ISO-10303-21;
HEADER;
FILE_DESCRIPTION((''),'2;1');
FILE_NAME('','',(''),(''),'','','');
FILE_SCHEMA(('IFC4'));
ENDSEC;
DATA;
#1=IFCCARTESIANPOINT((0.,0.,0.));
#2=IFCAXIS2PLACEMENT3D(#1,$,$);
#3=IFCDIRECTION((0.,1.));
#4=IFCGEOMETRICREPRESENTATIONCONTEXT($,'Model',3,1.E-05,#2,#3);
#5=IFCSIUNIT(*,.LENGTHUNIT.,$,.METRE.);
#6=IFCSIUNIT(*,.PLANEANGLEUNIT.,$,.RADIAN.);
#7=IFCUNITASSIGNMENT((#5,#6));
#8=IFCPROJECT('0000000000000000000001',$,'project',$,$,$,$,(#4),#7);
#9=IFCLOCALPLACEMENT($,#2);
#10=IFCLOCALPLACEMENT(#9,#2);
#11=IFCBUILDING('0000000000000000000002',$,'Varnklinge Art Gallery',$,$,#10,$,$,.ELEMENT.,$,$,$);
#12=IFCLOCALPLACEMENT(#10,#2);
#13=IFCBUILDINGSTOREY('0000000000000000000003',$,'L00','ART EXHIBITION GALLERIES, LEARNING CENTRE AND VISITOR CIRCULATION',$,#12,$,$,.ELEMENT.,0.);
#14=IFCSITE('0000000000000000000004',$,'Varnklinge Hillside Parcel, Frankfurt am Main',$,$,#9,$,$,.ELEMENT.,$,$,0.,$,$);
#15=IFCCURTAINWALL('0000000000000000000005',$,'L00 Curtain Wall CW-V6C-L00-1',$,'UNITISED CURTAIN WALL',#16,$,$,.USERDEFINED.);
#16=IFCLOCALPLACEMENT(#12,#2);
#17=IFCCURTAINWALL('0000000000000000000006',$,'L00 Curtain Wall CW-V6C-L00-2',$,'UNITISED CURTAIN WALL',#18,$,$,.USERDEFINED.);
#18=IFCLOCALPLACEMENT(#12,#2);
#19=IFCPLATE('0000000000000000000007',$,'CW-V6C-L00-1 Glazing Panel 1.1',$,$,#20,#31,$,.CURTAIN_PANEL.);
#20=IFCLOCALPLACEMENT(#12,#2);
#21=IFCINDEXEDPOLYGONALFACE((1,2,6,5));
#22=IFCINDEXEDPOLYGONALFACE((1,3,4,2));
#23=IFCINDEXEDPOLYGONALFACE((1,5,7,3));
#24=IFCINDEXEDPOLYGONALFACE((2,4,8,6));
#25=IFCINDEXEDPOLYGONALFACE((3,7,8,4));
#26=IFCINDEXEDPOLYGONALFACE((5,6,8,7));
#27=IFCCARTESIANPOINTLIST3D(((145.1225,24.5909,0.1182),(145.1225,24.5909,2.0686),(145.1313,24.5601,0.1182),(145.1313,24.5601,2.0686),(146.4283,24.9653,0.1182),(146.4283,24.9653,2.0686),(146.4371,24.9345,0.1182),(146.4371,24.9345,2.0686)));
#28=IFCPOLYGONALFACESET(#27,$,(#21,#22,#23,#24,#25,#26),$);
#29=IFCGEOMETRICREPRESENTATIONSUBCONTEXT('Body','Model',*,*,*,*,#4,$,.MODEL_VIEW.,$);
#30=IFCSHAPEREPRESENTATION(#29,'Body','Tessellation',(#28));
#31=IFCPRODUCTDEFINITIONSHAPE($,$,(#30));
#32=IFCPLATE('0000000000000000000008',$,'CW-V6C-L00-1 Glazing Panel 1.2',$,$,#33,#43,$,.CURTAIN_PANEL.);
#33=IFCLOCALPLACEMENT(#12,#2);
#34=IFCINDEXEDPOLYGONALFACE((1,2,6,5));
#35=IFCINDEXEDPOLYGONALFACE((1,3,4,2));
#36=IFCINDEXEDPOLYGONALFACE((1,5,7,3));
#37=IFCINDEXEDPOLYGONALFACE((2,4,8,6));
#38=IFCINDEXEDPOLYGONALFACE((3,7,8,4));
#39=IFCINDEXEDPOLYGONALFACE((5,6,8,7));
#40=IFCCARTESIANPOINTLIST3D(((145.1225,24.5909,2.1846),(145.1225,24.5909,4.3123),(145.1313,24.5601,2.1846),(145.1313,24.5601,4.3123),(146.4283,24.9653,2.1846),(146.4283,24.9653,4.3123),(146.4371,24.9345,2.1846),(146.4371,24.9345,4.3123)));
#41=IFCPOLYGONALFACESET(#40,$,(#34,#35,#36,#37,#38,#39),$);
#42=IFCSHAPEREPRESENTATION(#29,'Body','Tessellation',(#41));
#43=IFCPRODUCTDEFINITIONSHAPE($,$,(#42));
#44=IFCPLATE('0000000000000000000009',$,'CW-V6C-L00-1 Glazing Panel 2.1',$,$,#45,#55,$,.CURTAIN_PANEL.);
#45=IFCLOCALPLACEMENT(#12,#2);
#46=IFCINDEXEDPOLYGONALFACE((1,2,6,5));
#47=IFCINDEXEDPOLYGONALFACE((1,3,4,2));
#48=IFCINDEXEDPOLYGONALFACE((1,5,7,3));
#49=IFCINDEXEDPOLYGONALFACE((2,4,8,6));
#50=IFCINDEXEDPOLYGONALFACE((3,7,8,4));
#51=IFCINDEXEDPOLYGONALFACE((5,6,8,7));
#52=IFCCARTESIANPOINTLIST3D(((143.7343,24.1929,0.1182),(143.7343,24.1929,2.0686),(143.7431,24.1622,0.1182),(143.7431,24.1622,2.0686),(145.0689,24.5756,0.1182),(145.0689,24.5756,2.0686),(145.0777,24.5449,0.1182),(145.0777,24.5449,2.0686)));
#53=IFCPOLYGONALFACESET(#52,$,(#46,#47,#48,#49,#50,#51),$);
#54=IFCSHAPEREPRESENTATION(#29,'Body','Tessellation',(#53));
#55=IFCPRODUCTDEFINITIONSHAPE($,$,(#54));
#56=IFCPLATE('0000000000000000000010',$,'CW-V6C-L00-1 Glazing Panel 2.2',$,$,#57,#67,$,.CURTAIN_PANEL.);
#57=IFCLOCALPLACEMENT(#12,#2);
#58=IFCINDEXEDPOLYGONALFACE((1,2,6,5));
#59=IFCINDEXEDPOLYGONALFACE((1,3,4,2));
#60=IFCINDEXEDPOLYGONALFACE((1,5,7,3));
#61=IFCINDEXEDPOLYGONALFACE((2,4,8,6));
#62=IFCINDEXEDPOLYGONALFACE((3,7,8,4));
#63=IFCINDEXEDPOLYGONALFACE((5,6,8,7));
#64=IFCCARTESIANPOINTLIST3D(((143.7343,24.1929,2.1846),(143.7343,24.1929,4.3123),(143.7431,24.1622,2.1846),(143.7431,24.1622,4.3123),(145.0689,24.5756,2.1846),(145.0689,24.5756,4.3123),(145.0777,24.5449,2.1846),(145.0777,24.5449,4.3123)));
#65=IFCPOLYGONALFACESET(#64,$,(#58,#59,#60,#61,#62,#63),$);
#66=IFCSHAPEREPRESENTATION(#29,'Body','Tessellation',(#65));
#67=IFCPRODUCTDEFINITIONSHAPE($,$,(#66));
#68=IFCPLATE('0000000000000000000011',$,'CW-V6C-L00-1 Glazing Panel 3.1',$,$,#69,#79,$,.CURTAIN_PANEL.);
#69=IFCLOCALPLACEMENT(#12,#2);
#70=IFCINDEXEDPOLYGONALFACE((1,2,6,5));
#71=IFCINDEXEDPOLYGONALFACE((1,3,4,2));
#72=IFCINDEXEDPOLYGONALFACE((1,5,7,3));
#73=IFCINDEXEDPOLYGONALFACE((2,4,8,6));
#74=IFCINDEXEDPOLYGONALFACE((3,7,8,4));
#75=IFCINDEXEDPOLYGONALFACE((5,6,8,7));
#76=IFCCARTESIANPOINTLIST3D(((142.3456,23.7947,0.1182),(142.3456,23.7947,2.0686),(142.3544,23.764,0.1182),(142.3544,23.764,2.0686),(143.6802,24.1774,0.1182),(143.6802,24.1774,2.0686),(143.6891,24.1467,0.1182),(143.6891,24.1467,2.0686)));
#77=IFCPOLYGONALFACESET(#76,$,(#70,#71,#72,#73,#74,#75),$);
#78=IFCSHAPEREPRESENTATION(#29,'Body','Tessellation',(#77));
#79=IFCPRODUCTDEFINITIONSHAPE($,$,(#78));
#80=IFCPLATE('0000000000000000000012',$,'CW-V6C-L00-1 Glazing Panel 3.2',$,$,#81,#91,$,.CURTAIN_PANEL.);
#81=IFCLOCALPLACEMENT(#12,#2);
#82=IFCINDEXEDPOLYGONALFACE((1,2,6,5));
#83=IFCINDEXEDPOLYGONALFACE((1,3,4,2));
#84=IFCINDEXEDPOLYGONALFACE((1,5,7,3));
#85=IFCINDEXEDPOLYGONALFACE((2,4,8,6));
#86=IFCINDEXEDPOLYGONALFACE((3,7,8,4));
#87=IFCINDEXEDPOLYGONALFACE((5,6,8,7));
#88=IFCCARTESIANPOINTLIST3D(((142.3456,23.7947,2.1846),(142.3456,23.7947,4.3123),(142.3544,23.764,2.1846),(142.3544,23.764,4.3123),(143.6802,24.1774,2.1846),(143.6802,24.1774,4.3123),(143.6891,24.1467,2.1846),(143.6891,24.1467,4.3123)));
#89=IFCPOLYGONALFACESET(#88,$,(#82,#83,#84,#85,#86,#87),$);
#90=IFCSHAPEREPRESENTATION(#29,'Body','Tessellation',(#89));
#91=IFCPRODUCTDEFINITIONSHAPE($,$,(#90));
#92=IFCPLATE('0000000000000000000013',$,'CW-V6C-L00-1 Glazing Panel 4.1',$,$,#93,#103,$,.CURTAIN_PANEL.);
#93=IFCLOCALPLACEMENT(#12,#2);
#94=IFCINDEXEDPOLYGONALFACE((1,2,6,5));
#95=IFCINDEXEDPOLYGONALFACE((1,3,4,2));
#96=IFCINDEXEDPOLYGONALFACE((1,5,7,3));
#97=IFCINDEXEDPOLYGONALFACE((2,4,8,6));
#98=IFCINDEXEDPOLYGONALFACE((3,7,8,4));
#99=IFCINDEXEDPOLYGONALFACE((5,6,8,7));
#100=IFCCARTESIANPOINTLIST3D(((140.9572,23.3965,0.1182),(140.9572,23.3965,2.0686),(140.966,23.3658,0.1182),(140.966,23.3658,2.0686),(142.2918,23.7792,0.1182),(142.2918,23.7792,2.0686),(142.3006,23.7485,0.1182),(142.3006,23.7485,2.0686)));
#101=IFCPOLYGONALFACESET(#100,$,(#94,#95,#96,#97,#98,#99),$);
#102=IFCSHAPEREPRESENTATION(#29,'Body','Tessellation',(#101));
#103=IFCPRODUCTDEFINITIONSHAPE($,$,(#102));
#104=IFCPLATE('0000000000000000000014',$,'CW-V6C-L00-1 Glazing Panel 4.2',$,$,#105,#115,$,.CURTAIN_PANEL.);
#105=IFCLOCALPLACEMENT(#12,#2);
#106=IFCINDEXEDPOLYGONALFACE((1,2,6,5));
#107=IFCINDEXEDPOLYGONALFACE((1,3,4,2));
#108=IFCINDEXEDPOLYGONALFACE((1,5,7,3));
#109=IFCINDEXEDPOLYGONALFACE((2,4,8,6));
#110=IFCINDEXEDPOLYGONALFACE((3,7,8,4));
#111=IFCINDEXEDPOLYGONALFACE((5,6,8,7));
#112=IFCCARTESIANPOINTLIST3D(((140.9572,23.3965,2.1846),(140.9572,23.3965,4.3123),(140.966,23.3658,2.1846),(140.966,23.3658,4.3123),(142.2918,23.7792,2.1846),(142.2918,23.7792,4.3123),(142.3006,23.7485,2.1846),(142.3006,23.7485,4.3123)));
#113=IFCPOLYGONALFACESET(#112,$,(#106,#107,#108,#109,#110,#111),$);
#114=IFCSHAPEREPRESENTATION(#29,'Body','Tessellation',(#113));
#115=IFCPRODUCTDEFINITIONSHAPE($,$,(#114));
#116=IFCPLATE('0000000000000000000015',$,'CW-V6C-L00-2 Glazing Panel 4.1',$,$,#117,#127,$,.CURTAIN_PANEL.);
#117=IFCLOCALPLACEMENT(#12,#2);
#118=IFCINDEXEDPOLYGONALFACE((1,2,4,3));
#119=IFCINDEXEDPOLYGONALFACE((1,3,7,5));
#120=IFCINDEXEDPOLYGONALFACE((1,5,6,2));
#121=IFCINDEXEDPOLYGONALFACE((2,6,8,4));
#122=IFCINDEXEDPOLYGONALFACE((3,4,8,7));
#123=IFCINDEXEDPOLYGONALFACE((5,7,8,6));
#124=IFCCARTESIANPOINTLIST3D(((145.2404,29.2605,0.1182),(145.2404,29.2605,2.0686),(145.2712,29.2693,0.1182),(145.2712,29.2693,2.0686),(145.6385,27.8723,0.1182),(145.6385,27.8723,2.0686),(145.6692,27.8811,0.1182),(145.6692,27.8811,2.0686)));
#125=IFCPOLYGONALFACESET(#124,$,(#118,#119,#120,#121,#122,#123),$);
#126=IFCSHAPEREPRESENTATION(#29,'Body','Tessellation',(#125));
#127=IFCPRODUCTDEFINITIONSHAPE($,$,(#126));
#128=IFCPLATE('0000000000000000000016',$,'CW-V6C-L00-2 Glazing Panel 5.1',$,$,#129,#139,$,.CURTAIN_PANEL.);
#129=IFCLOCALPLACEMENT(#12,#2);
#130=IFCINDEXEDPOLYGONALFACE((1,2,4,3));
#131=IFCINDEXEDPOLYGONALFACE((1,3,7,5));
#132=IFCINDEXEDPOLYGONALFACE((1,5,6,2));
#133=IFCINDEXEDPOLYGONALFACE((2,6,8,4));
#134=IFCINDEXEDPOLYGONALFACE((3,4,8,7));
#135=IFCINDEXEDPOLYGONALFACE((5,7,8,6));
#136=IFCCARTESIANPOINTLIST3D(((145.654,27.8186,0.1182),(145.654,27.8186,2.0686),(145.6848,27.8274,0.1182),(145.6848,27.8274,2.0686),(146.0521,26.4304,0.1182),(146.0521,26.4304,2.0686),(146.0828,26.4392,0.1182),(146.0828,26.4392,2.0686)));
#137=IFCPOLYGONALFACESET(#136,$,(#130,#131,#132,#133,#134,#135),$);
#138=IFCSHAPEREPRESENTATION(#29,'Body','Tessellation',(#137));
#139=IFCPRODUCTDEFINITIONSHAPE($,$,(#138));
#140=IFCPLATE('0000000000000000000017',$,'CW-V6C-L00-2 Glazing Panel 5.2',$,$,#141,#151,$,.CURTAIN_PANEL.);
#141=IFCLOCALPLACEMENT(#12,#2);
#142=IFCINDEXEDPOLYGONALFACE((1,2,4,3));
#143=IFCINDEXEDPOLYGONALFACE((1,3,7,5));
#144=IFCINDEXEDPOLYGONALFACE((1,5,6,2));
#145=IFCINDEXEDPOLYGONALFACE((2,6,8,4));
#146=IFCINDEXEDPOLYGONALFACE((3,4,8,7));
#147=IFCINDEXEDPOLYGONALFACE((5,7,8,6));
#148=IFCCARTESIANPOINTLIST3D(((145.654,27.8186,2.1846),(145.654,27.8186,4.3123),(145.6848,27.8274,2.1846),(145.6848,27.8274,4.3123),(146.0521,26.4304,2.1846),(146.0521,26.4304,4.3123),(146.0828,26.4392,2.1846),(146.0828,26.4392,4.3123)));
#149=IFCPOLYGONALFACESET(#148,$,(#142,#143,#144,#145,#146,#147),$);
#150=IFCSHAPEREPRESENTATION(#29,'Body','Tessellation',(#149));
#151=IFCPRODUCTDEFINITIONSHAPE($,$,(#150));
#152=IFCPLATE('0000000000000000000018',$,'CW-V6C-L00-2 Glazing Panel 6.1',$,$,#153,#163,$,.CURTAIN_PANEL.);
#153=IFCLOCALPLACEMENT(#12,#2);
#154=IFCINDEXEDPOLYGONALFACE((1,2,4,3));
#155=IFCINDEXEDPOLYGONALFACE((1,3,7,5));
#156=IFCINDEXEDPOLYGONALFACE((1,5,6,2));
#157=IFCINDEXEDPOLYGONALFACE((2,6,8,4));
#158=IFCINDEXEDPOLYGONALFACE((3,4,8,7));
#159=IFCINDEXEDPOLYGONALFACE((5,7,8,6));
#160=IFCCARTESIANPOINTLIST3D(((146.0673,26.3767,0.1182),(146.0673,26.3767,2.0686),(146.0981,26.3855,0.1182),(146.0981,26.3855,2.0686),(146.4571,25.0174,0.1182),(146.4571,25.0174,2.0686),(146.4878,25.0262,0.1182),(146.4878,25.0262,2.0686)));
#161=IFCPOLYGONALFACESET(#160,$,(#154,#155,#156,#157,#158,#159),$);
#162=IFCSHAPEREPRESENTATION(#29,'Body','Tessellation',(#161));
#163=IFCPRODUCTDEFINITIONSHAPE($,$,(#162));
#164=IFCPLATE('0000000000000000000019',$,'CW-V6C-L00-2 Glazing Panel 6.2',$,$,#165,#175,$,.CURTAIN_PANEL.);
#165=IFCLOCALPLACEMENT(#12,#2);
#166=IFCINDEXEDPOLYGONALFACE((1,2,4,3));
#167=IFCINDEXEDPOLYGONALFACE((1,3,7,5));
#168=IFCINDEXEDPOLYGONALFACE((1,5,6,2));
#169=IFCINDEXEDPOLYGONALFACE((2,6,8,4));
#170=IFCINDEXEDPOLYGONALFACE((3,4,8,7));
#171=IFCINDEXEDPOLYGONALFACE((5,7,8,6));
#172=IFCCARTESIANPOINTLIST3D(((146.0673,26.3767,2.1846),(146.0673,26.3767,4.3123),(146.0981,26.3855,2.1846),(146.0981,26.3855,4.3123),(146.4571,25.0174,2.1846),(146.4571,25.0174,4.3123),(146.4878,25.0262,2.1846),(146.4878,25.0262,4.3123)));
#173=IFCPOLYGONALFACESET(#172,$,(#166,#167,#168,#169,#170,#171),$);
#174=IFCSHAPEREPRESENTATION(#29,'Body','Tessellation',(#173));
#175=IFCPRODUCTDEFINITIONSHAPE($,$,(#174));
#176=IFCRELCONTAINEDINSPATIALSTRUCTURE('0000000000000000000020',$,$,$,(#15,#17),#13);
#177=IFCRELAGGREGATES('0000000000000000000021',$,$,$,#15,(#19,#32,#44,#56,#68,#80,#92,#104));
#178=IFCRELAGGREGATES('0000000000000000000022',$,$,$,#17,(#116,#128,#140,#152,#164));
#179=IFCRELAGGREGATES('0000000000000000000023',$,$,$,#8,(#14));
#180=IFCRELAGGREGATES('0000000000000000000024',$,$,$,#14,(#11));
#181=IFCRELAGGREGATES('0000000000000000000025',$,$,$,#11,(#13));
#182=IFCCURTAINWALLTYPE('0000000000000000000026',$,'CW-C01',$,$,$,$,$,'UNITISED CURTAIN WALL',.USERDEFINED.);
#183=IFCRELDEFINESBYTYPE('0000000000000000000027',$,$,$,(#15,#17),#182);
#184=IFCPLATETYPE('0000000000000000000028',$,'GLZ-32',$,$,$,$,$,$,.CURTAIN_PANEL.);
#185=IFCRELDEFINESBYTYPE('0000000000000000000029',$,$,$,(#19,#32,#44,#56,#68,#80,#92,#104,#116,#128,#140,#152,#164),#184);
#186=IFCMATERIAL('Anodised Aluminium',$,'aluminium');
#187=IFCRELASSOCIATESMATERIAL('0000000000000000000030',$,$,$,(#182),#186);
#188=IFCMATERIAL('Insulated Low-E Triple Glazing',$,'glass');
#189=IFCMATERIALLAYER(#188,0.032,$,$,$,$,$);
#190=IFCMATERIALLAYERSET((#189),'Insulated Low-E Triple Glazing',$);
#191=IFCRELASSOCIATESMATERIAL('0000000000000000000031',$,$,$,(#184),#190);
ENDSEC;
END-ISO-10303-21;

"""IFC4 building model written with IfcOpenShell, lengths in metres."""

from ifc_helpers import new_model, si_unit, direction, frame, origin, origin_2d, place, context, subcontext, project, spatial, rectangle, extrude, material, layer, layer_set, type_object, element, aggregate, save


model = new_model("IFC4")

# Units and contexts
model_context = context("Model", 3, precision=1e-05, world=origin(), true_north=direction((0.0, 1.0)))
body_context = subcontext(model_context, "Body", "Model", "MODEL_VIEW")
ifc_project = project(units=[si_unit("LENGTHUNIT", "METRE"), si_unit("PLANEANGLEUNIT", "RADIAN")], contexts=[model_context])

# Site, building, storey
site_placement = place(None, origin())
site = spatial("IfcSite", under=ifc_project, at=site_placement, Name="Varnklinge Hillside Parcel, Frankfurt am Main", CompositionType="ELEMENT", RefElevation=0.0)
building_placement = place(site_placement, origin())
building = spatial("IfcBuilding", under=site, at=building_placement, Name="Varnklinge Art Gallery", CompositionType="ELEMENT")
storey_placement = place(building_placement, origin())
storey = spatial("IfcBuildingStorey", under=building, at=storey_placement, Name="L00", Description="ART EXHIBITION GALLERIES, LEARNING CENTRE AND VISITOR CIRCULATION", CompositionType="ELEMENT", Elevation=0.0)

# Curtain walls
ifc_material_1 = material(Name="Anodised Aluminium", Category="aluminium")
curtain_wall_type = type_object("IfcCurtainWallType", Name="CW-C01", ElementType="UNITISED CURTAIN WALL", PredefinedType="USERDEFINED", material=ifc_material_1)
curtain_wall_1_placement = place(storey_placement, origin())
curtain_wall_1 = element("IfcCurtainWall", 1, at=curtain_wall_1_placement, inside=storey, type_object=curtain_wall_type, Name="L00 Curtain Wall CW-V6C-L00-1", ObjectType="UNITISED CURTAIN WALL", PredefinedType="USERDEFINED")
curtain_wall_2_placement = place(storey_placement, origin())
curtain_wall_2 = element("IfcCurtainWall", 2, at=curtain_wall_2_placement, inside=storey, type_object=curtain_wall_type, Name="L00 Curtain Wall CW-V6C-L00-2", ObjectType="UNITISED CURTAIN WALL", PredefinedType="USERDEFINED")

# Plates
ifc_material_2 = material(Name="Insulated Low-E Triple Glazing", Category="glass")
ifc_layer = layer(ifc_material_2, 0.032)
ifc_layer_set = layer_set([ifc_layer], Name="Insulated Low-E Triple Glazing")
plate_type = type_object("IfcPlateType", Name="GLZ-32", PredefinedType="CURTAIN_PANEL", material=ifc_layer_set)
plate_1_placement = place(storey_placement, frame((145.7798, 24.7627, 0.1182), z_axis=(0.0, 0.0, 1.0), x_axis=(-0.961262, -0.275637, 0.0)))
plate_1 = element("IfcPlate", 3, at=plate_1_placement, type_object=plate_type, Name="CW-V6C-L00-1 Glazing Panel 1.1", PredefinedType="CURTAIN_PANEL", context=body_context, shape_type="SweptSolid", body=[
    extrude(rectangle(XDim=1.3584, YDim=0.032, at=origin_2d()), origin(), (0.0, 0.0, 1.0), 1.9504),
])
plate_2_placement = place(storey_placement, frame((145.7798, 24.7627, 2.1846), z_axis=(0.0, 0.0, 1.0), x_axis=(-0.961262, -0.275637, 0.0)))
plate_2 = element("IfcPlate", 4, at=plate_2_placement, type_object=plate_type, Name="CW-V6C-L00-1 Glazing Panel 1.2", PredefinedType="CURTAIN_PANEL", context=body_context, shape_type="SweptSolid", body=[
    extrude(rectangle(XDim=1.3584, YDim=0.032, at=origin_2d()), origin(), (0.0, 0.0, 1.0), 2.1277),
])
plate_3_placement = place(storey_placement, frame((144.406, 24.3689, 0.1182), z_axis=(0.0, 0.0, 1.0), x_axis=(-0.961262, -0.275637, 0.0)))
plate_3 = element("IfcPlate", 5, at=plate_3_placement, type_object=plate_type, Name="CW-V6C-L00-1 Glazing Panel 2.1", PredefinedType="CURTAIN_PANEL", context=body_context, shape_type="SweptSolid", body=[
    extrude(rectangle(XDim=1.3884, YDim=0.032, at=origin_2d()), origin(), (0.0, 0.0, 1.0), 1.9504),
])
plate_4_placement = place(storey_placement, frame((144.406, 24.3689, 2.1846), z_axis=(0.0, 0.0, 1.0), x_axis=(-0.961262, -0.275637, 0.0)))
plate_4 = element("IfcPlate", 6, at=plate_4_placement, type_object=plate_type, Name="CW-V6C-L00-1 Glazing Panel 2.2", PredefinedType="CURTAIN_PANEL", context=body_context, shape_type="SweptSolid", body=[
    extrude(rectangle(XDim=1.3884, YDim=0.032, at=origin_2d()), origin(), (0.0, 0.0, 1.0), 2.1277),
])
plate_5_placement = place(storey_placement, frame((143.0173, 23.9707, 0.1182), z_axis=(0.0, 0.0, 1.0), x_axis=(-0.961262, -0.275637, 0.0)))
plate_5 = element("IfcPlate", 7, at=plate_5_placement, type_object=plate_type, Name="CW-V6C-L00-1 Glazing Panel 3.1", PredefinedType="CURTAIN_PANEL", context=body_context, shape_type="SweptSolid", body=[
    extrude(rectangle(XDim=1.3884, YDim=0.032, at=origin_2d()), origin(), (0.0, 0.0, 1.0), 1.9504),
])
plate_6_placement = place(storey_placement, frame((143.0173, 23.9707, 2.1846), z_axis=(0.0, 0.0, 1.0), x_axis=(-0.961262, -0.275637, 0.0)))
plate_6 = element("IfcPlate", 8, at=plate_6_placement, type_object=plate_type, Name="CW-V6C-L00-1 Glazing Panel 3.2", PredefinedType="CURTAIN_PANEL", context=body_context, shape_type="SweptSolid", body=[
    extrude(rectangle(XDim=1.3884, YDim=0.032, at=origin_2d()), origin(), (0.0, 0.0, 1.0), 2.1277),
])
plate_7_placement = place(storey_placement, frame((141.6289, 23.5725, 0.1182), z_axis=(0.0, 0.0, 1.0), x_axis=(-0.961262, -0.275637, 0.0)))
plate_7 = element("IfcPlate", 9, at=plate_7_placement, type_object=plate_type, Name="CW-V6C-L00-1 Glazing Panel 4.1", PredefinedType="CURTAIN_PANEL", context=body_context, shape_type="SweptSolid", body=[
    extrude(rectangle(XDim=1.3884, YDim=0.032, at=origin_2d()), origin(), (0.0, 0.0, 1.0), 1.9504),
])
plate_8_placement = place(storey_placement, frame((141.6289, 23.5725, 2.1846), z_axis=(0.0, 0.0, 1.0), x_axis=(-0.961262, -0.275637, 0.0)))
plate_8 = element("IfcPlate", 10, at=plate_8_placement, type_object=plate_type, Name="CW-V6C-L00-1 Glazing Panel 4.2", PredefinedType="CURTAIN_PANEL", context=body_context, shape_type="SweptSolid", body=[
    extrude(rectangle(XDim=1.3884, YDim=0.032, at=origin_2d()), origin(), (0.0, 0.0, 1.0), 2.1277),
])
aggregate(curtain_wall_1, [plate_1, plate_2, plate_3, plate_4, plate_5, plate_6, plate_7, plate_8])
plate_9_placement = place(storey_placement, frame((145.4548, 28.5708, 0.1182), z_axis=(0.0, 0.0, 1.0), x_axis=(0.275637, -0.961262, 0.0)))
plate_9 = element("IfcPlate", 11, at=plate_9_placement, type_object=plate_type, Name="CW-V6C-L00-2 Glazing Panel 4.1", PredefinedType="CURTAIN_PANEL", context=body_context, shape_type="SweptSolid", body=[
    extrude(rectangle(XDim=1.4441, YDim=0.032, at=origin_2d()), origin(), (0.0, 0.0, 1.0), 1.9504),
])
plate_10_placement = place(storey_placement, frame((145.8684, 27.1289, 0.1182), z_axis=(0.0, 0.0, 1.0), x_axis=(0.275637, -0.961262, 0.0)))
plate_10 = element("IfcPlate", 12, at=plate_10_placement, type_object=plate_type, Name="CW-V6C-L00-2 Glazing Panel 5.1", PredefinedType="CURTAIN_PANEL", context=body_context, shape_type="SweptSolid", body=[
    extrude(rectangle(XDim=1.4441, YDim=0.032, at=origin_2d()), origin(), (0.0, 0.0, 1.0), 1.9504),
])
plate_11_placement = place(storey_placement, frame((145.8684, 27.1289, 2.1846), z_axis=(0.0, 0.0, 1.0), x_axis=(0.275637, -0.961262, 0.0)))
plate_11 = element("IfcPlate", 13, at=plate_11_placement, type_object=plate_type, Name="CW-V6C-L00-2 Glazing Panel 5.2", PredefinedType="CURTAIN_PANEL", context=body_context, shape_type="SweptSolid", body=[
    extrude(rectangle(XDim=1.4441, YDim=0.032, at=origin_2d()), origin(), (0.0, 0.0, 1.0), 2.1277),
])
plate_12_placement = place(storey_placement, frame((146.2776, 25.7014, 0.1182), z_axis=(0.0, 0.0, 1.0), x_axis=(0.275637, -0.961262, 0.0)))
plate_12 = element("IfcPlate", 14, at=plate_12_placement, type_object=plate_type, Name="CW-V6C-L00-2 Glazing Panel 6.1", PredefinedType="CURTAIN_PANEL", context=body_context, shape_type="SweptSolid", body=[
    extrude(rectangle(XDim=1.4141, YDim=0.032, at=origin_2d()), origin(), (0.0, 0.0, 1.0), 1.9504),
])
plate_13_placement = place(storey_placement, frame((146.2776, 25.7014, 2.1846), z_axis=(0.0, 0.0, 1.0), x_axis=(0.275637, -0.961262, 0.0)))
plate_13 = element("IfcPlate", 15, at=plate_13_placement, type_object=plate_type, Name="CW-V6C-L00-2 Glazing Panel 6.2", PredefinedType="CURTAIN_PANEL", context=body_context, shape_type="SweptSolid", body=[
    extrude(rectangle(XDim=1.4141, YDim=0.032, at=origin_2d()), origin(), (0.0, 0.0, 1.0), 2.1277),
])
aggregate(curtain_wall_2, [plate_9, plate_10, plate_11, plate_12, plate_13])

save(model, "model.ifc")
